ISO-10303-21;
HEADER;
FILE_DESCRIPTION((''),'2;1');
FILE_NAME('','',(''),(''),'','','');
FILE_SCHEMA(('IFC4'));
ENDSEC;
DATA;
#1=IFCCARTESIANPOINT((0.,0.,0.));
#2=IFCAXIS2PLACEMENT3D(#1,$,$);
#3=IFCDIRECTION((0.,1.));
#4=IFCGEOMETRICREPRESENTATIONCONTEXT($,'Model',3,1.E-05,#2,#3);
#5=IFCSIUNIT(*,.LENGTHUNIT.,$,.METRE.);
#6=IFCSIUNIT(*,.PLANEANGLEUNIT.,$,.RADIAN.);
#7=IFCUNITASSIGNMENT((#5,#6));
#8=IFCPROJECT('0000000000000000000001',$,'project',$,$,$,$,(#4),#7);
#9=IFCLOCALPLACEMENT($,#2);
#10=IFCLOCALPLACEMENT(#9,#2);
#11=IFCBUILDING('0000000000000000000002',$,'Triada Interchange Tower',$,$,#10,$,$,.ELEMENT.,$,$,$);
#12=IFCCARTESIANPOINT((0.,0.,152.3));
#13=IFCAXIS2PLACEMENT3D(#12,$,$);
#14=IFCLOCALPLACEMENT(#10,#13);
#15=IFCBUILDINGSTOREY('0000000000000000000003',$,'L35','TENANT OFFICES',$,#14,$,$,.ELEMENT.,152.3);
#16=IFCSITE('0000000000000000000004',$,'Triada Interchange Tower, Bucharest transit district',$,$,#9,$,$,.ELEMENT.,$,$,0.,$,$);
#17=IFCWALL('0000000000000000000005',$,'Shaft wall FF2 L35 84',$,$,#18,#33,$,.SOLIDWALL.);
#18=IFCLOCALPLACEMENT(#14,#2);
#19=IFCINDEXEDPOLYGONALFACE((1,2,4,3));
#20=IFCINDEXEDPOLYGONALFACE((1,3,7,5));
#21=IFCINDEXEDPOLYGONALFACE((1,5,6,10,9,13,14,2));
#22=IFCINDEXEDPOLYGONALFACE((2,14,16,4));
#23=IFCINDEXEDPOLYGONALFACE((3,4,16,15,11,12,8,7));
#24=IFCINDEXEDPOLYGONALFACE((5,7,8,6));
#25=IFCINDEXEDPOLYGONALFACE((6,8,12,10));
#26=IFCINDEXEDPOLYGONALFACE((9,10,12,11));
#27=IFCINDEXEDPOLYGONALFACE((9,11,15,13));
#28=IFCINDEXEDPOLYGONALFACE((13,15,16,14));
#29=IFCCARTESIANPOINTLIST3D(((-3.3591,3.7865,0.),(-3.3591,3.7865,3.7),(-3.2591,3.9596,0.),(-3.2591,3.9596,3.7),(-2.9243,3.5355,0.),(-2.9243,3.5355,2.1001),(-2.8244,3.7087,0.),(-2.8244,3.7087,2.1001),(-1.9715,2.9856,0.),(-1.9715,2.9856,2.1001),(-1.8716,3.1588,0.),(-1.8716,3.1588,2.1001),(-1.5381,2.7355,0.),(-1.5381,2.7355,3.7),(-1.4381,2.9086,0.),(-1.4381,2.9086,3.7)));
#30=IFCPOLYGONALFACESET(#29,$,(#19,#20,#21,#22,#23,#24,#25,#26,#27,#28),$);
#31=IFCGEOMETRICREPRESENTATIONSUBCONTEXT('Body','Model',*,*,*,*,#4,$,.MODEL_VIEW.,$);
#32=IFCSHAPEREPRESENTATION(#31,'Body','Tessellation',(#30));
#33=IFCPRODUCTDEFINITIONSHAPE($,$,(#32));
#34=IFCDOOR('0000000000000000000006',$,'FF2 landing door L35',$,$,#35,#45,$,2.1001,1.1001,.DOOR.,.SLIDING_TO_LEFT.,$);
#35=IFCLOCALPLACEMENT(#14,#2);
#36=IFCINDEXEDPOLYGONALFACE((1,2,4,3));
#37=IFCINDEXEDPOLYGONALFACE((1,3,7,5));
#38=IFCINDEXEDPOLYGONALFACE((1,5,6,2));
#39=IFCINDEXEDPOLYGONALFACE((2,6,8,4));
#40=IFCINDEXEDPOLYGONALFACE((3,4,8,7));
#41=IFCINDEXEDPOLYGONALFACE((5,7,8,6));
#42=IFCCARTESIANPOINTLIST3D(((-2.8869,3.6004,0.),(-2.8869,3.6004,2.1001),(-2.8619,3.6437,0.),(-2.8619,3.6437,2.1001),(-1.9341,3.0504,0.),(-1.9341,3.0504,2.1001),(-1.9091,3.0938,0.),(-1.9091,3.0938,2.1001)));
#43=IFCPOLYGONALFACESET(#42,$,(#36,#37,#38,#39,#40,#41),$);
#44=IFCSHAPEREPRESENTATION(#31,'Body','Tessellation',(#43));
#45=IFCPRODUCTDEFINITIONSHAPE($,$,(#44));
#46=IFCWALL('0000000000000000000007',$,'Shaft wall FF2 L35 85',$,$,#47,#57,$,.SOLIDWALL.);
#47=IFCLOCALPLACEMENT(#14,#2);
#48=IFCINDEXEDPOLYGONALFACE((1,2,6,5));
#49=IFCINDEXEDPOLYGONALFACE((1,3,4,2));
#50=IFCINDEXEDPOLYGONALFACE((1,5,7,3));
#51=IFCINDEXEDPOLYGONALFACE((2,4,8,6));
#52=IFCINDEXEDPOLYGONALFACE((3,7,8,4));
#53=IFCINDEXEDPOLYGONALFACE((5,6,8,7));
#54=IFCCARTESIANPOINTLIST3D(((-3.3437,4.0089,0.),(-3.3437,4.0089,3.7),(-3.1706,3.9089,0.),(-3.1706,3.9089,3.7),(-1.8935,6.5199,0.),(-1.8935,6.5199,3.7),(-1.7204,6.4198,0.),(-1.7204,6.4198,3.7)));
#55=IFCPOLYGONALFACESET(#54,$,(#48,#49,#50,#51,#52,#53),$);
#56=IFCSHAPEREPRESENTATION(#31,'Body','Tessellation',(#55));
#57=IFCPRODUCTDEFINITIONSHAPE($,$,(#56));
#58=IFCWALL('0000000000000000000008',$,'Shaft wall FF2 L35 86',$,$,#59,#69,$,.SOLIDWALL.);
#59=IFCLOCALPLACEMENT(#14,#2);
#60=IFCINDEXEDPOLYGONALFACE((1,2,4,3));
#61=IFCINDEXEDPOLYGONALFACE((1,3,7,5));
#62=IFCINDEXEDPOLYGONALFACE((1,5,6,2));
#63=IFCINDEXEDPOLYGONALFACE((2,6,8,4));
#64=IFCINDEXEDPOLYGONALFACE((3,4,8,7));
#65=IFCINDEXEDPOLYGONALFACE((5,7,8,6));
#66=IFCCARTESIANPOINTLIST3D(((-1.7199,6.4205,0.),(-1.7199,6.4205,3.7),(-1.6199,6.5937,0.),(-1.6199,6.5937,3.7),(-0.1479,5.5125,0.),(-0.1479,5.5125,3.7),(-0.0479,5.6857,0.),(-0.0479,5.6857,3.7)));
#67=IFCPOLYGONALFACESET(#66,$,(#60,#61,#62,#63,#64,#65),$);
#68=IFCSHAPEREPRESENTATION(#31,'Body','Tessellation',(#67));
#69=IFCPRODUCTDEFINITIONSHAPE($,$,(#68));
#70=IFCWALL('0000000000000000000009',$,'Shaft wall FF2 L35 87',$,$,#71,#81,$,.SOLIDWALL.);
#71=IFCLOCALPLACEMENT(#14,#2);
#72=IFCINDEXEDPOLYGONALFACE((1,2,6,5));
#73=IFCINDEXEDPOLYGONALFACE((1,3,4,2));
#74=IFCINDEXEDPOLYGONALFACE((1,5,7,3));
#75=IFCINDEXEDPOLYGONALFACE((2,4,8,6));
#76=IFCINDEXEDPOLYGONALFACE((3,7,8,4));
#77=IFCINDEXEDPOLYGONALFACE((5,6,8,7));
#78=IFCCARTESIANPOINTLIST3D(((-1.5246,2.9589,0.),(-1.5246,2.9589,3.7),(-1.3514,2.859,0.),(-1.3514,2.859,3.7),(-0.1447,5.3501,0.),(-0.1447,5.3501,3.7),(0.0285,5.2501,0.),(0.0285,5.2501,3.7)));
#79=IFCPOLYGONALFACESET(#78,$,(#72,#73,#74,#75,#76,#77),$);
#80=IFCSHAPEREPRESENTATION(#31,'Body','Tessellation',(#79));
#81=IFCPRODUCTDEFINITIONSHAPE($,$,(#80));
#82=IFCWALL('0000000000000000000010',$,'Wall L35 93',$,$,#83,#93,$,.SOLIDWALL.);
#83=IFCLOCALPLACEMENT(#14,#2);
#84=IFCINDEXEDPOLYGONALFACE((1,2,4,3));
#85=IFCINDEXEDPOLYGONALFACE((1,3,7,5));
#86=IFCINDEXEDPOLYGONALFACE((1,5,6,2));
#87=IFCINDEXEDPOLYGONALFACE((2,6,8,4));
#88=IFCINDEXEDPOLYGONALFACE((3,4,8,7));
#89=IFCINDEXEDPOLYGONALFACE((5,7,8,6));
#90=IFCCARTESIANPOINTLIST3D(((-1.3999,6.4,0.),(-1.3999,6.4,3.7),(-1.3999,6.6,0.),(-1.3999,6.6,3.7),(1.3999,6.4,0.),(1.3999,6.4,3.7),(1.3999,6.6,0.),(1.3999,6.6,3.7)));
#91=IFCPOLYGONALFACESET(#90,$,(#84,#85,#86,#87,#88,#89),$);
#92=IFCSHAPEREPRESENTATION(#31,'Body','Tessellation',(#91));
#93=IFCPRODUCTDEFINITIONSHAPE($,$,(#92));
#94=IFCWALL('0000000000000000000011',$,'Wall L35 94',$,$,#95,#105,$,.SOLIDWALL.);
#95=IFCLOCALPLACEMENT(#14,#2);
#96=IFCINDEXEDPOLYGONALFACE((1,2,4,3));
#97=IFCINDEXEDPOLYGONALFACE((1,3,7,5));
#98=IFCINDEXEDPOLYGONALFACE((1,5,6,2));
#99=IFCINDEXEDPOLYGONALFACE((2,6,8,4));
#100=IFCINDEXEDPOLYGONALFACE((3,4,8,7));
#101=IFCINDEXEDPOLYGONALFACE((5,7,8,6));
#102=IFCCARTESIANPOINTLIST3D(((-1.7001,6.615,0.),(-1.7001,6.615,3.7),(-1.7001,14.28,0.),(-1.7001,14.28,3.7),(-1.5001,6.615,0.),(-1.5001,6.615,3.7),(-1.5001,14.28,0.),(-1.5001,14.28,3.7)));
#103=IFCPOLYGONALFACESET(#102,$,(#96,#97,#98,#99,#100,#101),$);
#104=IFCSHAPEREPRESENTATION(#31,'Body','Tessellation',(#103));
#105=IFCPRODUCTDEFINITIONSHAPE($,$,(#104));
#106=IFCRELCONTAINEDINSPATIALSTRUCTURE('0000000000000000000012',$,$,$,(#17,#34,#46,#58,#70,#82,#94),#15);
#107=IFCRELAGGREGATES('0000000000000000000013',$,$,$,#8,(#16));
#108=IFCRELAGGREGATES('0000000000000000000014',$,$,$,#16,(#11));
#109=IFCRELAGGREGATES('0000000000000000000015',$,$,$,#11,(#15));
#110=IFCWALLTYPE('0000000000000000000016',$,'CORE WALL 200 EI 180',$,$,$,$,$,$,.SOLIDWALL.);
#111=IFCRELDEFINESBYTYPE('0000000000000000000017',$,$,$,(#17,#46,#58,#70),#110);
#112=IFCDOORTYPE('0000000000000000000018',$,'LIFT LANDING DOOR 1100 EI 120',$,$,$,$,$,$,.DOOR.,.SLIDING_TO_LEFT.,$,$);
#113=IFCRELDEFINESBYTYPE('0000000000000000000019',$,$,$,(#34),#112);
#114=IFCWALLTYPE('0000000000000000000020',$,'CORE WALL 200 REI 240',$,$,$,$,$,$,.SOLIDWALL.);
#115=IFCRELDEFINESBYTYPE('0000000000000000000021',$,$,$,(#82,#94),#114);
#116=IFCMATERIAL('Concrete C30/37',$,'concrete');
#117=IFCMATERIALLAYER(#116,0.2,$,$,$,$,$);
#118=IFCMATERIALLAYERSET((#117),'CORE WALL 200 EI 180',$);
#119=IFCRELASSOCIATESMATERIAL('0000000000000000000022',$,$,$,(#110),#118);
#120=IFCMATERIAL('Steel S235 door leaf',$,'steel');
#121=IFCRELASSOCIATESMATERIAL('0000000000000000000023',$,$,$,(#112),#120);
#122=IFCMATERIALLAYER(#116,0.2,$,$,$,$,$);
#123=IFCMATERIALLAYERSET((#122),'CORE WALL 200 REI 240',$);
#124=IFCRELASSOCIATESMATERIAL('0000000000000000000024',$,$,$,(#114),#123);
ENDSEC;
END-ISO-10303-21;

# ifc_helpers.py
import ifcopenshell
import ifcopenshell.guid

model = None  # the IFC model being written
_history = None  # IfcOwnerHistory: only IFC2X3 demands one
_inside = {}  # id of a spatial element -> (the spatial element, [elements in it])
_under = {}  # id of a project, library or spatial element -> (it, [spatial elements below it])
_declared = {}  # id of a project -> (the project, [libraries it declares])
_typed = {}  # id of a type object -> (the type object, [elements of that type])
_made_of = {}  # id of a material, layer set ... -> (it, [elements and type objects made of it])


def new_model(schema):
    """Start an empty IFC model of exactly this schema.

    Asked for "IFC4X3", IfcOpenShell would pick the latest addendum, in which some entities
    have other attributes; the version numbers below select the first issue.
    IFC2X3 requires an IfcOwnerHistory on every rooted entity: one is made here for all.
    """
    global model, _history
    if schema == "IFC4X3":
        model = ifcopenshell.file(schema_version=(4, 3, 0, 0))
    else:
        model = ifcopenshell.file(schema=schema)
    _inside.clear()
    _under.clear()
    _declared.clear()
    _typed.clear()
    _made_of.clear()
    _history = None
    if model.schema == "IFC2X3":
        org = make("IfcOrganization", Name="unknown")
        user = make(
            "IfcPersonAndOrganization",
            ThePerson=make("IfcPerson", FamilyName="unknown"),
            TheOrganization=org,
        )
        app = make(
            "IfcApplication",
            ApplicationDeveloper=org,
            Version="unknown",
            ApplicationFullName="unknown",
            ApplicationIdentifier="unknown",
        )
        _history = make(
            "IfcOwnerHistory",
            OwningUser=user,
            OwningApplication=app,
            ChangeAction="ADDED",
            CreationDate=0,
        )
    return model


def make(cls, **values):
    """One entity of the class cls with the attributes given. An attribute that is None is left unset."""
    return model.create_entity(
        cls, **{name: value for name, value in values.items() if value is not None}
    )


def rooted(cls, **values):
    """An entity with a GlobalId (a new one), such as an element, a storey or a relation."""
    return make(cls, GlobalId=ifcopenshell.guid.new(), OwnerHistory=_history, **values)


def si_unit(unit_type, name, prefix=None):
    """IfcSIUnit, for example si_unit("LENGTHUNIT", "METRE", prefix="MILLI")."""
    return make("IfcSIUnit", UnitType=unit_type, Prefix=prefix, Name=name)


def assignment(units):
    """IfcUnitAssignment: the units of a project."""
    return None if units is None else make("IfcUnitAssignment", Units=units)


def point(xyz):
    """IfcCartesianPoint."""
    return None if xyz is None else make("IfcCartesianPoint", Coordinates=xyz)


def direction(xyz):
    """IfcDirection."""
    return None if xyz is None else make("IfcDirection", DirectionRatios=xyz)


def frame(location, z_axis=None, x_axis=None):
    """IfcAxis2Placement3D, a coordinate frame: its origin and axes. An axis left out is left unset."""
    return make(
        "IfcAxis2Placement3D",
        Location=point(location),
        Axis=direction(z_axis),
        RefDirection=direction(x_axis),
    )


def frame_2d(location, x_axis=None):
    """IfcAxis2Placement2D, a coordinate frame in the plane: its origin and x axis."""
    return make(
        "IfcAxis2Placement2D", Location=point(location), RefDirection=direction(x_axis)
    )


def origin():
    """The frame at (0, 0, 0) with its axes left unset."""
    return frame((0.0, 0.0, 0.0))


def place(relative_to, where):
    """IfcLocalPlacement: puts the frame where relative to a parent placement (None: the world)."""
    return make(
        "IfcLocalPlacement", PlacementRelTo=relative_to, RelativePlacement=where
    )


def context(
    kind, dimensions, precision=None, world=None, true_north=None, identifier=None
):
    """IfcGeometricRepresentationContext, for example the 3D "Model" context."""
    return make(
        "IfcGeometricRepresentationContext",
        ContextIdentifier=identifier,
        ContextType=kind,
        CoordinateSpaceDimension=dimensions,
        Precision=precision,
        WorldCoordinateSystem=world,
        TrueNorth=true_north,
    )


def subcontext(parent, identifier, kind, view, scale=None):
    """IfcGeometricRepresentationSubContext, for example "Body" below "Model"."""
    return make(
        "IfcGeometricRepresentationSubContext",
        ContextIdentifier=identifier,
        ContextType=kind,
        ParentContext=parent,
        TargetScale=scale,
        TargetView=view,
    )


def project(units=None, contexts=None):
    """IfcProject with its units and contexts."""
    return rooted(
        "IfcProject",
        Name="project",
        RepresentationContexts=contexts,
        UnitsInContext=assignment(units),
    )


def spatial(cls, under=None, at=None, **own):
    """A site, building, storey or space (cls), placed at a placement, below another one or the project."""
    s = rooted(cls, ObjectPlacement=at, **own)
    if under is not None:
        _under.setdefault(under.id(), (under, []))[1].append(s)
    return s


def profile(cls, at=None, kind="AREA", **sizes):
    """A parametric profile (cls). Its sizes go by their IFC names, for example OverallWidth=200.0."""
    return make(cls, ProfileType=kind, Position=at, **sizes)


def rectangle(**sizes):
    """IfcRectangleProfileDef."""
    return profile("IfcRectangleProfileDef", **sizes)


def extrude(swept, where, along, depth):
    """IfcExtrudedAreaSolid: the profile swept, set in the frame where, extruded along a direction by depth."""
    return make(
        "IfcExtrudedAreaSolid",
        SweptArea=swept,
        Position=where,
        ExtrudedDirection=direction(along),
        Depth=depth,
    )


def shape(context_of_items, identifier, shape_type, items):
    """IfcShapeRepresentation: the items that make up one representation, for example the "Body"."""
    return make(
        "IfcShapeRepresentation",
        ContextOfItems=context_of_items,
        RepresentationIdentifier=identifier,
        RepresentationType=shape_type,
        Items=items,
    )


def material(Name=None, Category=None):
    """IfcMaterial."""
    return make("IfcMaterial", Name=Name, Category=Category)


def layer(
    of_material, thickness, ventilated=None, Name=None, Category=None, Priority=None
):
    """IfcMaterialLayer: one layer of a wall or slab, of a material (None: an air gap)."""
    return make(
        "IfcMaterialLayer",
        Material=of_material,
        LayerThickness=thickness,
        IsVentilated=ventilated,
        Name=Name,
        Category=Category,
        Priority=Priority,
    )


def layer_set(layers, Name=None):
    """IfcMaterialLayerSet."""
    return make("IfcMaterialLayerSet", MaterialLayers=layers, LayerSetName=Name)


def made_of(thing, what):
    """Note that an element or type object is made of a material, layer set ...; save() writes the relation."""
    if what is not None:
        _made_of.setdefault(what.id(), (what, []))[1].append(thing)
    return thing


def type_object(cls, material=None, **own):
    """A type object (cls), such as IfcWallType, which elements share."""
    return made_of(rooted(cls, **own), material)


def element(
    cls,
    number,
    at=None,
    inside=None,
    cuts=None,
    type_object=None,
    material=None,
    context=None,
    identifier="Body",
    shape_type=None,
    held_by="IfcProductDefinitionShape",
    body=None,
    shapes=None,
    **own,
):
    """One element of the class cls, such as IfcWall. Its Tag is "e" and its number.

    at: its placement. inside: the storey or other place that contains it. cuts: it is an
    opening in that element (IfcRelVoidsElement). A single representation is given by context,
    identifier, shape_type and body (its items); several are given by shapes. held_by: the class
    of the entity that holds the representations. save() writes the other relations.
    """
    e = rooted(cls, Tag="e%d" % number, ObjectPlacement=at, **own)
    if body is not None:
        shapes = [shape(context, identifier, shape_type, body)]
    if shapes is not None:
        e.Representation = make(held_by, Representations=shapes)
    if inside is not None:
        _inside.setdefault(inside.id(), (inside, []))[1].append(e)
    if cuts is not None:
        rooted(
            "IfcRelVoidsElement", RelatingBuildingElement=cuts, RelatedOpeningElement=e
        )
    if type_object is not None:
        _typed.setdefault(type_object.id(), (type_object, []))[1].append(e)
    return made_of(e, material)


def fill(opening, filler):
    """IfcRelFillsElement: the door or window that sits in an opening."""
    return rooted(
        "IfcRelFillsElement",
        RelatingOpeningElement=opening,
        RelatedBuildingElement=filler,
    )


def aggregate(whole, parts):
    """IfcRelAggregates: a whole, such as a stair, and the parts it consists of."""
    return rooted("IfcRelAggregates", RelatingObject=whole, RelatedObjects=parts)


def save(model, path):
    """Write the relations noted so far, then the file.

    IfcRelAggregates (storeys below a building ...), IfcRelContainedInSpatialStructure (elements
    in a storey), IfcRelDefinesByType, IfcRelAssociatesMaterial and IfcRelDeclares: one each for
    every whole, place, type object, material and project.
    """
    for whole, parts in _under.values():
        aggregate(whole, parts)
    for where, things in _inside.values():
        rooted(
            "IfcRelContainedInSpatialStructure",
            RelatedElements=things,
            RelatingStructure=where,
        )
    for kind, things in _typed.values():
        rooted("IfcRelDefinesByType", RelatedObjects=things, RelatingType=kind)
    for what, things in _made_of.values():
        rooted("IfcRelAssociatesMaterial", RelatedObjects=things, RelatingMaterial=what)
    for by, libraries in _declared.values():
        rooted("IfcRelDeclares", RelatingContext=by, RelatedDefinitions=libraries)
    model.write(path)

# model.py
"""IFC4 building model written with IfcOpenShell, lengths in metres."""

from ifc_helpers import new_model, si_unit, direction, frame, frame_2d, origin, place, context, subcontext, project, spatial, rectangle, extrude, material, layer, layer_set, type_object, element, fill, save


model = new_model("IFC4")

# Units and contexts
model_context = context("Model", 3, precision=1e-05, world=origin(), true_north=direction((0.0, 1.0)))
body_context = subcontext(model_context, "Body", "Model", "MODEL_VIEW")
ifc_project = project(units=[si_unit("LENGTHUNIT", "METRE"), si_unit("PLANEANGLEUNIT", "RADIAN")], contexts=[model_context])

# Site, building, storey
site_placement = place(None, origin())
site = spatial("IfcSite", under=ifc_project, at=site_placement, Name="Triada Interchange Tower, Bucharest transit district", CompositionType="ELEMENT", RefElevation=0.0)
building_placement = place(site_placement, origin())
building = spatial("IfcBuilding", under=site, at=building_placement, Name="Triada Interchange Tower", CompositionType="ELEMENT")
storey_placement = place(building_placement, frame((0.0, 0.0, 152.3)))
storey = spatial("IfcBuildingStorey", under=building, at=storey_placement, Name="L35", Description="TENANT OFFICES", CompositionType="ELEMENT", Elevation=152.3)

# Shared definitions
ifc_material_1 = material(Name="Concrete C30/37", Category="concrete")
ifc_layer_1 = layer(ifc_material_1, 0.2)
ifc_layer_set_1 = layer_set([ifc_layer_1], Name="CORE WALL 200 EI 180")
wall_type_1 = type_object("IfcWallType", Name="CORE WALL 200 EI 180", PredefinedType="SOLIDWALL", material=ifc_layer_set_1)

# Shared definitions
ifc_material_2 = material(Name="Steel S235 door leaf", Category="steel")

# Wall, opening, door
door_type_1 = type_object("IfcDoorType", Name="LIFT LANDING DOOR 1100 EI 120", OperationType="SLIDING_TO_LEFT", PredefinedType="DOOR", material=ifc_material_2)
wall_1_placement = place(storey_placement, frame((-3.3091, 3.873, 0.0), z_axis=(0.0, 0.0, 1.0), x_axis=(0.866099, -0.499873, 0.0)))
wall_1 = element("IfcWall", 1, at=wall_1_placement, inside=storey, type_object=wall_type_1, Name="Shaft wall FF2 L35 84", PredefinedType="SOLIDWALL", context=body_context, shape_type="SweptSolid", body=[
    extrude(rectangle(XDim=2.1025, YDim=0.2, at=frame_2d((1.0513, 0.0))), origin(), (0.0, 0.0, 1.0), 3.7),
])
opening_1_placement = place(wall_1_placement, frame((0.502, 0.0, 0.0)))
opening_1 = element("IfcOpeningElement", 2, at=opening_1_placement, cuts=wall_1, PredefinedType="OPENING", context=body_context, shape_type="SweptSolid", body=[
    extrude(rectangle(XDim=1.1001, YDim=2.1001, at=frame_2d((0.55, 1.05))), frame((0.0, 0.1099, 0.0), z_axis=(0.0, -1.0, 0.0), x_axis=(1.0, 0.0, 0.0)), (0.0, 0.0, 1.0), 0.22),
])
door_1_placement = place(opening_1_placement, origin())
door_1 = element("IfcDoor", 3, at=door_1_placement, inside=storey, type_object=door_type_1, Name="FF2 landing door L35", OperationType="SLIDING_TO_LEFT", OverallHeight=2.1001, OverallWidth=1.1001, PredefinedType="DOOR", context=body_context, shape_type="SweptSolid", body=[
    extrude(rectangle(XDim=1.1001, YDim=2.1001, at=frame_2d((0.55, 1.05))), frame((0.0, 0.0249, 0.0), z_axis=(0.0, -1.0, 0.0), x_axis=(1.0, 0.0, 0.0)), (0.0, 0.0, 1.0), 0.05),
])
fill(opening_1, door_1)

# Walls
wall_2_placement = place(storey_placement, frame((-3.2571, 3.959, 0.0), z_axis=(0.0, 0.0, 1.0), x_axis=(0.500123, 0.865954, 0.0)))
element("IfcWall", 4, at=wall_2_placement, inside=storey, type_object=wall_type_1, Name="Shaft wall FF2 L35 85", PredefinedType="SOLIDWALL", context=body_context, shape_type="SweptSolid", body=[
    extrude(rectangle(XDim=2.8997, YDim=0.2, at=frame_2d((1.4497, 0.0))), origin(), (0.0, 0.0, 1.0), 3.7),
])
wall_3_placement = place(storey_placement, frame((-1.6699, 6.5071, 0.0), z_axis=(0.0, 0.0, 1.0), x_axis=(0.865941, -0.500145, 0.0)))
element("IfcWall", 5, at=wall_3_placement, inside=storey, type_object=wall_type_1, Name="Shaft wall FF2 L35 86", PredefinedType="SOLIDWALL", context=body_context, shape_type="SweptSolid", body=[
    extrude(rectangle(XDim=1.8154, YDim=0.2, at=frame_2d((0.9077, 0.0))), origin(), (0.0, 0.0, 1.0), 3.7),
])
wall_4_placement = place(storey_placement, frame((-1.438, 2.9089, 0.0), z_axis=(0.0, 0.0, 1.0), x_axis=(0.49983, 0.866124, 0.0)))
element("IfcWall", 6, at=wall_4_placement, inside=storey, type_object=wall_type_1, Name="Shaft wall FF2 L35 87", PredefinedType="SOLIDWALL", context=body_context, shape_type="SweptSolid", body=[
    extrude(rectangle(XDim=2.7607, YDim=0.2, at=frame_2d((1.3804, 0.0))), origin(), (0.0, 0.0, 1.0), 3.7),
])
ifc_layer_2 = layer(ifc_material_1, 0.2)
ifc_layer_set_2 = layer_set([ifc_layer_2], Name="CORE WALL 200 REI 240")
wall_type_2 = type_object("IfcWallType", Name="CORE WALL 200 REI 240", PredefinedType="SOLIDWALL", material=ifc_layer_set_2)
wall_5_placement = place(storey_placement, frame((-1.3999, 6.5, 0.0), z_axis=(0.0, 0.0, 1.0), x_axis=(1.0, 0.0, 0.0)))
element("IfcWall", 7, at=wall_5_placement, inside=storey, type_object=wall_type_2, Name="Wall L35 93", PredefinedType="SOLIDWALL", context=body_context, shape_type="SweptSolid", body=[
    extrude(rectangle(XDim=2.7998, YDim=0.2, at=frame_2d((1.3999, 0.0))), origin(), (0.0, 0.0, 1.0), 3.7),
])
wall_6_placement = place(storey_placement, frame((-1.6001, 6.615, 0.0), z_axis=(0.0, 0.0, 1.0), x_axis=(0.0, 1.0, 0.0)))
element("IfcWall", 8, at=wall_6_placement, inside=storey, type_object=wall_type_2, Name="Wall L35 94", PredefinedType="SOLIDWALL", context=body_context, shape_type="SweptSolid", body=[
    extrude(rectangle(XDim=7.665, YDim=0.2, at=frame_2d((3.8325, 0.0))), origin(), (0.0, 0.0, 1.0), 3.7),
])

save(model, "model.ifc")
